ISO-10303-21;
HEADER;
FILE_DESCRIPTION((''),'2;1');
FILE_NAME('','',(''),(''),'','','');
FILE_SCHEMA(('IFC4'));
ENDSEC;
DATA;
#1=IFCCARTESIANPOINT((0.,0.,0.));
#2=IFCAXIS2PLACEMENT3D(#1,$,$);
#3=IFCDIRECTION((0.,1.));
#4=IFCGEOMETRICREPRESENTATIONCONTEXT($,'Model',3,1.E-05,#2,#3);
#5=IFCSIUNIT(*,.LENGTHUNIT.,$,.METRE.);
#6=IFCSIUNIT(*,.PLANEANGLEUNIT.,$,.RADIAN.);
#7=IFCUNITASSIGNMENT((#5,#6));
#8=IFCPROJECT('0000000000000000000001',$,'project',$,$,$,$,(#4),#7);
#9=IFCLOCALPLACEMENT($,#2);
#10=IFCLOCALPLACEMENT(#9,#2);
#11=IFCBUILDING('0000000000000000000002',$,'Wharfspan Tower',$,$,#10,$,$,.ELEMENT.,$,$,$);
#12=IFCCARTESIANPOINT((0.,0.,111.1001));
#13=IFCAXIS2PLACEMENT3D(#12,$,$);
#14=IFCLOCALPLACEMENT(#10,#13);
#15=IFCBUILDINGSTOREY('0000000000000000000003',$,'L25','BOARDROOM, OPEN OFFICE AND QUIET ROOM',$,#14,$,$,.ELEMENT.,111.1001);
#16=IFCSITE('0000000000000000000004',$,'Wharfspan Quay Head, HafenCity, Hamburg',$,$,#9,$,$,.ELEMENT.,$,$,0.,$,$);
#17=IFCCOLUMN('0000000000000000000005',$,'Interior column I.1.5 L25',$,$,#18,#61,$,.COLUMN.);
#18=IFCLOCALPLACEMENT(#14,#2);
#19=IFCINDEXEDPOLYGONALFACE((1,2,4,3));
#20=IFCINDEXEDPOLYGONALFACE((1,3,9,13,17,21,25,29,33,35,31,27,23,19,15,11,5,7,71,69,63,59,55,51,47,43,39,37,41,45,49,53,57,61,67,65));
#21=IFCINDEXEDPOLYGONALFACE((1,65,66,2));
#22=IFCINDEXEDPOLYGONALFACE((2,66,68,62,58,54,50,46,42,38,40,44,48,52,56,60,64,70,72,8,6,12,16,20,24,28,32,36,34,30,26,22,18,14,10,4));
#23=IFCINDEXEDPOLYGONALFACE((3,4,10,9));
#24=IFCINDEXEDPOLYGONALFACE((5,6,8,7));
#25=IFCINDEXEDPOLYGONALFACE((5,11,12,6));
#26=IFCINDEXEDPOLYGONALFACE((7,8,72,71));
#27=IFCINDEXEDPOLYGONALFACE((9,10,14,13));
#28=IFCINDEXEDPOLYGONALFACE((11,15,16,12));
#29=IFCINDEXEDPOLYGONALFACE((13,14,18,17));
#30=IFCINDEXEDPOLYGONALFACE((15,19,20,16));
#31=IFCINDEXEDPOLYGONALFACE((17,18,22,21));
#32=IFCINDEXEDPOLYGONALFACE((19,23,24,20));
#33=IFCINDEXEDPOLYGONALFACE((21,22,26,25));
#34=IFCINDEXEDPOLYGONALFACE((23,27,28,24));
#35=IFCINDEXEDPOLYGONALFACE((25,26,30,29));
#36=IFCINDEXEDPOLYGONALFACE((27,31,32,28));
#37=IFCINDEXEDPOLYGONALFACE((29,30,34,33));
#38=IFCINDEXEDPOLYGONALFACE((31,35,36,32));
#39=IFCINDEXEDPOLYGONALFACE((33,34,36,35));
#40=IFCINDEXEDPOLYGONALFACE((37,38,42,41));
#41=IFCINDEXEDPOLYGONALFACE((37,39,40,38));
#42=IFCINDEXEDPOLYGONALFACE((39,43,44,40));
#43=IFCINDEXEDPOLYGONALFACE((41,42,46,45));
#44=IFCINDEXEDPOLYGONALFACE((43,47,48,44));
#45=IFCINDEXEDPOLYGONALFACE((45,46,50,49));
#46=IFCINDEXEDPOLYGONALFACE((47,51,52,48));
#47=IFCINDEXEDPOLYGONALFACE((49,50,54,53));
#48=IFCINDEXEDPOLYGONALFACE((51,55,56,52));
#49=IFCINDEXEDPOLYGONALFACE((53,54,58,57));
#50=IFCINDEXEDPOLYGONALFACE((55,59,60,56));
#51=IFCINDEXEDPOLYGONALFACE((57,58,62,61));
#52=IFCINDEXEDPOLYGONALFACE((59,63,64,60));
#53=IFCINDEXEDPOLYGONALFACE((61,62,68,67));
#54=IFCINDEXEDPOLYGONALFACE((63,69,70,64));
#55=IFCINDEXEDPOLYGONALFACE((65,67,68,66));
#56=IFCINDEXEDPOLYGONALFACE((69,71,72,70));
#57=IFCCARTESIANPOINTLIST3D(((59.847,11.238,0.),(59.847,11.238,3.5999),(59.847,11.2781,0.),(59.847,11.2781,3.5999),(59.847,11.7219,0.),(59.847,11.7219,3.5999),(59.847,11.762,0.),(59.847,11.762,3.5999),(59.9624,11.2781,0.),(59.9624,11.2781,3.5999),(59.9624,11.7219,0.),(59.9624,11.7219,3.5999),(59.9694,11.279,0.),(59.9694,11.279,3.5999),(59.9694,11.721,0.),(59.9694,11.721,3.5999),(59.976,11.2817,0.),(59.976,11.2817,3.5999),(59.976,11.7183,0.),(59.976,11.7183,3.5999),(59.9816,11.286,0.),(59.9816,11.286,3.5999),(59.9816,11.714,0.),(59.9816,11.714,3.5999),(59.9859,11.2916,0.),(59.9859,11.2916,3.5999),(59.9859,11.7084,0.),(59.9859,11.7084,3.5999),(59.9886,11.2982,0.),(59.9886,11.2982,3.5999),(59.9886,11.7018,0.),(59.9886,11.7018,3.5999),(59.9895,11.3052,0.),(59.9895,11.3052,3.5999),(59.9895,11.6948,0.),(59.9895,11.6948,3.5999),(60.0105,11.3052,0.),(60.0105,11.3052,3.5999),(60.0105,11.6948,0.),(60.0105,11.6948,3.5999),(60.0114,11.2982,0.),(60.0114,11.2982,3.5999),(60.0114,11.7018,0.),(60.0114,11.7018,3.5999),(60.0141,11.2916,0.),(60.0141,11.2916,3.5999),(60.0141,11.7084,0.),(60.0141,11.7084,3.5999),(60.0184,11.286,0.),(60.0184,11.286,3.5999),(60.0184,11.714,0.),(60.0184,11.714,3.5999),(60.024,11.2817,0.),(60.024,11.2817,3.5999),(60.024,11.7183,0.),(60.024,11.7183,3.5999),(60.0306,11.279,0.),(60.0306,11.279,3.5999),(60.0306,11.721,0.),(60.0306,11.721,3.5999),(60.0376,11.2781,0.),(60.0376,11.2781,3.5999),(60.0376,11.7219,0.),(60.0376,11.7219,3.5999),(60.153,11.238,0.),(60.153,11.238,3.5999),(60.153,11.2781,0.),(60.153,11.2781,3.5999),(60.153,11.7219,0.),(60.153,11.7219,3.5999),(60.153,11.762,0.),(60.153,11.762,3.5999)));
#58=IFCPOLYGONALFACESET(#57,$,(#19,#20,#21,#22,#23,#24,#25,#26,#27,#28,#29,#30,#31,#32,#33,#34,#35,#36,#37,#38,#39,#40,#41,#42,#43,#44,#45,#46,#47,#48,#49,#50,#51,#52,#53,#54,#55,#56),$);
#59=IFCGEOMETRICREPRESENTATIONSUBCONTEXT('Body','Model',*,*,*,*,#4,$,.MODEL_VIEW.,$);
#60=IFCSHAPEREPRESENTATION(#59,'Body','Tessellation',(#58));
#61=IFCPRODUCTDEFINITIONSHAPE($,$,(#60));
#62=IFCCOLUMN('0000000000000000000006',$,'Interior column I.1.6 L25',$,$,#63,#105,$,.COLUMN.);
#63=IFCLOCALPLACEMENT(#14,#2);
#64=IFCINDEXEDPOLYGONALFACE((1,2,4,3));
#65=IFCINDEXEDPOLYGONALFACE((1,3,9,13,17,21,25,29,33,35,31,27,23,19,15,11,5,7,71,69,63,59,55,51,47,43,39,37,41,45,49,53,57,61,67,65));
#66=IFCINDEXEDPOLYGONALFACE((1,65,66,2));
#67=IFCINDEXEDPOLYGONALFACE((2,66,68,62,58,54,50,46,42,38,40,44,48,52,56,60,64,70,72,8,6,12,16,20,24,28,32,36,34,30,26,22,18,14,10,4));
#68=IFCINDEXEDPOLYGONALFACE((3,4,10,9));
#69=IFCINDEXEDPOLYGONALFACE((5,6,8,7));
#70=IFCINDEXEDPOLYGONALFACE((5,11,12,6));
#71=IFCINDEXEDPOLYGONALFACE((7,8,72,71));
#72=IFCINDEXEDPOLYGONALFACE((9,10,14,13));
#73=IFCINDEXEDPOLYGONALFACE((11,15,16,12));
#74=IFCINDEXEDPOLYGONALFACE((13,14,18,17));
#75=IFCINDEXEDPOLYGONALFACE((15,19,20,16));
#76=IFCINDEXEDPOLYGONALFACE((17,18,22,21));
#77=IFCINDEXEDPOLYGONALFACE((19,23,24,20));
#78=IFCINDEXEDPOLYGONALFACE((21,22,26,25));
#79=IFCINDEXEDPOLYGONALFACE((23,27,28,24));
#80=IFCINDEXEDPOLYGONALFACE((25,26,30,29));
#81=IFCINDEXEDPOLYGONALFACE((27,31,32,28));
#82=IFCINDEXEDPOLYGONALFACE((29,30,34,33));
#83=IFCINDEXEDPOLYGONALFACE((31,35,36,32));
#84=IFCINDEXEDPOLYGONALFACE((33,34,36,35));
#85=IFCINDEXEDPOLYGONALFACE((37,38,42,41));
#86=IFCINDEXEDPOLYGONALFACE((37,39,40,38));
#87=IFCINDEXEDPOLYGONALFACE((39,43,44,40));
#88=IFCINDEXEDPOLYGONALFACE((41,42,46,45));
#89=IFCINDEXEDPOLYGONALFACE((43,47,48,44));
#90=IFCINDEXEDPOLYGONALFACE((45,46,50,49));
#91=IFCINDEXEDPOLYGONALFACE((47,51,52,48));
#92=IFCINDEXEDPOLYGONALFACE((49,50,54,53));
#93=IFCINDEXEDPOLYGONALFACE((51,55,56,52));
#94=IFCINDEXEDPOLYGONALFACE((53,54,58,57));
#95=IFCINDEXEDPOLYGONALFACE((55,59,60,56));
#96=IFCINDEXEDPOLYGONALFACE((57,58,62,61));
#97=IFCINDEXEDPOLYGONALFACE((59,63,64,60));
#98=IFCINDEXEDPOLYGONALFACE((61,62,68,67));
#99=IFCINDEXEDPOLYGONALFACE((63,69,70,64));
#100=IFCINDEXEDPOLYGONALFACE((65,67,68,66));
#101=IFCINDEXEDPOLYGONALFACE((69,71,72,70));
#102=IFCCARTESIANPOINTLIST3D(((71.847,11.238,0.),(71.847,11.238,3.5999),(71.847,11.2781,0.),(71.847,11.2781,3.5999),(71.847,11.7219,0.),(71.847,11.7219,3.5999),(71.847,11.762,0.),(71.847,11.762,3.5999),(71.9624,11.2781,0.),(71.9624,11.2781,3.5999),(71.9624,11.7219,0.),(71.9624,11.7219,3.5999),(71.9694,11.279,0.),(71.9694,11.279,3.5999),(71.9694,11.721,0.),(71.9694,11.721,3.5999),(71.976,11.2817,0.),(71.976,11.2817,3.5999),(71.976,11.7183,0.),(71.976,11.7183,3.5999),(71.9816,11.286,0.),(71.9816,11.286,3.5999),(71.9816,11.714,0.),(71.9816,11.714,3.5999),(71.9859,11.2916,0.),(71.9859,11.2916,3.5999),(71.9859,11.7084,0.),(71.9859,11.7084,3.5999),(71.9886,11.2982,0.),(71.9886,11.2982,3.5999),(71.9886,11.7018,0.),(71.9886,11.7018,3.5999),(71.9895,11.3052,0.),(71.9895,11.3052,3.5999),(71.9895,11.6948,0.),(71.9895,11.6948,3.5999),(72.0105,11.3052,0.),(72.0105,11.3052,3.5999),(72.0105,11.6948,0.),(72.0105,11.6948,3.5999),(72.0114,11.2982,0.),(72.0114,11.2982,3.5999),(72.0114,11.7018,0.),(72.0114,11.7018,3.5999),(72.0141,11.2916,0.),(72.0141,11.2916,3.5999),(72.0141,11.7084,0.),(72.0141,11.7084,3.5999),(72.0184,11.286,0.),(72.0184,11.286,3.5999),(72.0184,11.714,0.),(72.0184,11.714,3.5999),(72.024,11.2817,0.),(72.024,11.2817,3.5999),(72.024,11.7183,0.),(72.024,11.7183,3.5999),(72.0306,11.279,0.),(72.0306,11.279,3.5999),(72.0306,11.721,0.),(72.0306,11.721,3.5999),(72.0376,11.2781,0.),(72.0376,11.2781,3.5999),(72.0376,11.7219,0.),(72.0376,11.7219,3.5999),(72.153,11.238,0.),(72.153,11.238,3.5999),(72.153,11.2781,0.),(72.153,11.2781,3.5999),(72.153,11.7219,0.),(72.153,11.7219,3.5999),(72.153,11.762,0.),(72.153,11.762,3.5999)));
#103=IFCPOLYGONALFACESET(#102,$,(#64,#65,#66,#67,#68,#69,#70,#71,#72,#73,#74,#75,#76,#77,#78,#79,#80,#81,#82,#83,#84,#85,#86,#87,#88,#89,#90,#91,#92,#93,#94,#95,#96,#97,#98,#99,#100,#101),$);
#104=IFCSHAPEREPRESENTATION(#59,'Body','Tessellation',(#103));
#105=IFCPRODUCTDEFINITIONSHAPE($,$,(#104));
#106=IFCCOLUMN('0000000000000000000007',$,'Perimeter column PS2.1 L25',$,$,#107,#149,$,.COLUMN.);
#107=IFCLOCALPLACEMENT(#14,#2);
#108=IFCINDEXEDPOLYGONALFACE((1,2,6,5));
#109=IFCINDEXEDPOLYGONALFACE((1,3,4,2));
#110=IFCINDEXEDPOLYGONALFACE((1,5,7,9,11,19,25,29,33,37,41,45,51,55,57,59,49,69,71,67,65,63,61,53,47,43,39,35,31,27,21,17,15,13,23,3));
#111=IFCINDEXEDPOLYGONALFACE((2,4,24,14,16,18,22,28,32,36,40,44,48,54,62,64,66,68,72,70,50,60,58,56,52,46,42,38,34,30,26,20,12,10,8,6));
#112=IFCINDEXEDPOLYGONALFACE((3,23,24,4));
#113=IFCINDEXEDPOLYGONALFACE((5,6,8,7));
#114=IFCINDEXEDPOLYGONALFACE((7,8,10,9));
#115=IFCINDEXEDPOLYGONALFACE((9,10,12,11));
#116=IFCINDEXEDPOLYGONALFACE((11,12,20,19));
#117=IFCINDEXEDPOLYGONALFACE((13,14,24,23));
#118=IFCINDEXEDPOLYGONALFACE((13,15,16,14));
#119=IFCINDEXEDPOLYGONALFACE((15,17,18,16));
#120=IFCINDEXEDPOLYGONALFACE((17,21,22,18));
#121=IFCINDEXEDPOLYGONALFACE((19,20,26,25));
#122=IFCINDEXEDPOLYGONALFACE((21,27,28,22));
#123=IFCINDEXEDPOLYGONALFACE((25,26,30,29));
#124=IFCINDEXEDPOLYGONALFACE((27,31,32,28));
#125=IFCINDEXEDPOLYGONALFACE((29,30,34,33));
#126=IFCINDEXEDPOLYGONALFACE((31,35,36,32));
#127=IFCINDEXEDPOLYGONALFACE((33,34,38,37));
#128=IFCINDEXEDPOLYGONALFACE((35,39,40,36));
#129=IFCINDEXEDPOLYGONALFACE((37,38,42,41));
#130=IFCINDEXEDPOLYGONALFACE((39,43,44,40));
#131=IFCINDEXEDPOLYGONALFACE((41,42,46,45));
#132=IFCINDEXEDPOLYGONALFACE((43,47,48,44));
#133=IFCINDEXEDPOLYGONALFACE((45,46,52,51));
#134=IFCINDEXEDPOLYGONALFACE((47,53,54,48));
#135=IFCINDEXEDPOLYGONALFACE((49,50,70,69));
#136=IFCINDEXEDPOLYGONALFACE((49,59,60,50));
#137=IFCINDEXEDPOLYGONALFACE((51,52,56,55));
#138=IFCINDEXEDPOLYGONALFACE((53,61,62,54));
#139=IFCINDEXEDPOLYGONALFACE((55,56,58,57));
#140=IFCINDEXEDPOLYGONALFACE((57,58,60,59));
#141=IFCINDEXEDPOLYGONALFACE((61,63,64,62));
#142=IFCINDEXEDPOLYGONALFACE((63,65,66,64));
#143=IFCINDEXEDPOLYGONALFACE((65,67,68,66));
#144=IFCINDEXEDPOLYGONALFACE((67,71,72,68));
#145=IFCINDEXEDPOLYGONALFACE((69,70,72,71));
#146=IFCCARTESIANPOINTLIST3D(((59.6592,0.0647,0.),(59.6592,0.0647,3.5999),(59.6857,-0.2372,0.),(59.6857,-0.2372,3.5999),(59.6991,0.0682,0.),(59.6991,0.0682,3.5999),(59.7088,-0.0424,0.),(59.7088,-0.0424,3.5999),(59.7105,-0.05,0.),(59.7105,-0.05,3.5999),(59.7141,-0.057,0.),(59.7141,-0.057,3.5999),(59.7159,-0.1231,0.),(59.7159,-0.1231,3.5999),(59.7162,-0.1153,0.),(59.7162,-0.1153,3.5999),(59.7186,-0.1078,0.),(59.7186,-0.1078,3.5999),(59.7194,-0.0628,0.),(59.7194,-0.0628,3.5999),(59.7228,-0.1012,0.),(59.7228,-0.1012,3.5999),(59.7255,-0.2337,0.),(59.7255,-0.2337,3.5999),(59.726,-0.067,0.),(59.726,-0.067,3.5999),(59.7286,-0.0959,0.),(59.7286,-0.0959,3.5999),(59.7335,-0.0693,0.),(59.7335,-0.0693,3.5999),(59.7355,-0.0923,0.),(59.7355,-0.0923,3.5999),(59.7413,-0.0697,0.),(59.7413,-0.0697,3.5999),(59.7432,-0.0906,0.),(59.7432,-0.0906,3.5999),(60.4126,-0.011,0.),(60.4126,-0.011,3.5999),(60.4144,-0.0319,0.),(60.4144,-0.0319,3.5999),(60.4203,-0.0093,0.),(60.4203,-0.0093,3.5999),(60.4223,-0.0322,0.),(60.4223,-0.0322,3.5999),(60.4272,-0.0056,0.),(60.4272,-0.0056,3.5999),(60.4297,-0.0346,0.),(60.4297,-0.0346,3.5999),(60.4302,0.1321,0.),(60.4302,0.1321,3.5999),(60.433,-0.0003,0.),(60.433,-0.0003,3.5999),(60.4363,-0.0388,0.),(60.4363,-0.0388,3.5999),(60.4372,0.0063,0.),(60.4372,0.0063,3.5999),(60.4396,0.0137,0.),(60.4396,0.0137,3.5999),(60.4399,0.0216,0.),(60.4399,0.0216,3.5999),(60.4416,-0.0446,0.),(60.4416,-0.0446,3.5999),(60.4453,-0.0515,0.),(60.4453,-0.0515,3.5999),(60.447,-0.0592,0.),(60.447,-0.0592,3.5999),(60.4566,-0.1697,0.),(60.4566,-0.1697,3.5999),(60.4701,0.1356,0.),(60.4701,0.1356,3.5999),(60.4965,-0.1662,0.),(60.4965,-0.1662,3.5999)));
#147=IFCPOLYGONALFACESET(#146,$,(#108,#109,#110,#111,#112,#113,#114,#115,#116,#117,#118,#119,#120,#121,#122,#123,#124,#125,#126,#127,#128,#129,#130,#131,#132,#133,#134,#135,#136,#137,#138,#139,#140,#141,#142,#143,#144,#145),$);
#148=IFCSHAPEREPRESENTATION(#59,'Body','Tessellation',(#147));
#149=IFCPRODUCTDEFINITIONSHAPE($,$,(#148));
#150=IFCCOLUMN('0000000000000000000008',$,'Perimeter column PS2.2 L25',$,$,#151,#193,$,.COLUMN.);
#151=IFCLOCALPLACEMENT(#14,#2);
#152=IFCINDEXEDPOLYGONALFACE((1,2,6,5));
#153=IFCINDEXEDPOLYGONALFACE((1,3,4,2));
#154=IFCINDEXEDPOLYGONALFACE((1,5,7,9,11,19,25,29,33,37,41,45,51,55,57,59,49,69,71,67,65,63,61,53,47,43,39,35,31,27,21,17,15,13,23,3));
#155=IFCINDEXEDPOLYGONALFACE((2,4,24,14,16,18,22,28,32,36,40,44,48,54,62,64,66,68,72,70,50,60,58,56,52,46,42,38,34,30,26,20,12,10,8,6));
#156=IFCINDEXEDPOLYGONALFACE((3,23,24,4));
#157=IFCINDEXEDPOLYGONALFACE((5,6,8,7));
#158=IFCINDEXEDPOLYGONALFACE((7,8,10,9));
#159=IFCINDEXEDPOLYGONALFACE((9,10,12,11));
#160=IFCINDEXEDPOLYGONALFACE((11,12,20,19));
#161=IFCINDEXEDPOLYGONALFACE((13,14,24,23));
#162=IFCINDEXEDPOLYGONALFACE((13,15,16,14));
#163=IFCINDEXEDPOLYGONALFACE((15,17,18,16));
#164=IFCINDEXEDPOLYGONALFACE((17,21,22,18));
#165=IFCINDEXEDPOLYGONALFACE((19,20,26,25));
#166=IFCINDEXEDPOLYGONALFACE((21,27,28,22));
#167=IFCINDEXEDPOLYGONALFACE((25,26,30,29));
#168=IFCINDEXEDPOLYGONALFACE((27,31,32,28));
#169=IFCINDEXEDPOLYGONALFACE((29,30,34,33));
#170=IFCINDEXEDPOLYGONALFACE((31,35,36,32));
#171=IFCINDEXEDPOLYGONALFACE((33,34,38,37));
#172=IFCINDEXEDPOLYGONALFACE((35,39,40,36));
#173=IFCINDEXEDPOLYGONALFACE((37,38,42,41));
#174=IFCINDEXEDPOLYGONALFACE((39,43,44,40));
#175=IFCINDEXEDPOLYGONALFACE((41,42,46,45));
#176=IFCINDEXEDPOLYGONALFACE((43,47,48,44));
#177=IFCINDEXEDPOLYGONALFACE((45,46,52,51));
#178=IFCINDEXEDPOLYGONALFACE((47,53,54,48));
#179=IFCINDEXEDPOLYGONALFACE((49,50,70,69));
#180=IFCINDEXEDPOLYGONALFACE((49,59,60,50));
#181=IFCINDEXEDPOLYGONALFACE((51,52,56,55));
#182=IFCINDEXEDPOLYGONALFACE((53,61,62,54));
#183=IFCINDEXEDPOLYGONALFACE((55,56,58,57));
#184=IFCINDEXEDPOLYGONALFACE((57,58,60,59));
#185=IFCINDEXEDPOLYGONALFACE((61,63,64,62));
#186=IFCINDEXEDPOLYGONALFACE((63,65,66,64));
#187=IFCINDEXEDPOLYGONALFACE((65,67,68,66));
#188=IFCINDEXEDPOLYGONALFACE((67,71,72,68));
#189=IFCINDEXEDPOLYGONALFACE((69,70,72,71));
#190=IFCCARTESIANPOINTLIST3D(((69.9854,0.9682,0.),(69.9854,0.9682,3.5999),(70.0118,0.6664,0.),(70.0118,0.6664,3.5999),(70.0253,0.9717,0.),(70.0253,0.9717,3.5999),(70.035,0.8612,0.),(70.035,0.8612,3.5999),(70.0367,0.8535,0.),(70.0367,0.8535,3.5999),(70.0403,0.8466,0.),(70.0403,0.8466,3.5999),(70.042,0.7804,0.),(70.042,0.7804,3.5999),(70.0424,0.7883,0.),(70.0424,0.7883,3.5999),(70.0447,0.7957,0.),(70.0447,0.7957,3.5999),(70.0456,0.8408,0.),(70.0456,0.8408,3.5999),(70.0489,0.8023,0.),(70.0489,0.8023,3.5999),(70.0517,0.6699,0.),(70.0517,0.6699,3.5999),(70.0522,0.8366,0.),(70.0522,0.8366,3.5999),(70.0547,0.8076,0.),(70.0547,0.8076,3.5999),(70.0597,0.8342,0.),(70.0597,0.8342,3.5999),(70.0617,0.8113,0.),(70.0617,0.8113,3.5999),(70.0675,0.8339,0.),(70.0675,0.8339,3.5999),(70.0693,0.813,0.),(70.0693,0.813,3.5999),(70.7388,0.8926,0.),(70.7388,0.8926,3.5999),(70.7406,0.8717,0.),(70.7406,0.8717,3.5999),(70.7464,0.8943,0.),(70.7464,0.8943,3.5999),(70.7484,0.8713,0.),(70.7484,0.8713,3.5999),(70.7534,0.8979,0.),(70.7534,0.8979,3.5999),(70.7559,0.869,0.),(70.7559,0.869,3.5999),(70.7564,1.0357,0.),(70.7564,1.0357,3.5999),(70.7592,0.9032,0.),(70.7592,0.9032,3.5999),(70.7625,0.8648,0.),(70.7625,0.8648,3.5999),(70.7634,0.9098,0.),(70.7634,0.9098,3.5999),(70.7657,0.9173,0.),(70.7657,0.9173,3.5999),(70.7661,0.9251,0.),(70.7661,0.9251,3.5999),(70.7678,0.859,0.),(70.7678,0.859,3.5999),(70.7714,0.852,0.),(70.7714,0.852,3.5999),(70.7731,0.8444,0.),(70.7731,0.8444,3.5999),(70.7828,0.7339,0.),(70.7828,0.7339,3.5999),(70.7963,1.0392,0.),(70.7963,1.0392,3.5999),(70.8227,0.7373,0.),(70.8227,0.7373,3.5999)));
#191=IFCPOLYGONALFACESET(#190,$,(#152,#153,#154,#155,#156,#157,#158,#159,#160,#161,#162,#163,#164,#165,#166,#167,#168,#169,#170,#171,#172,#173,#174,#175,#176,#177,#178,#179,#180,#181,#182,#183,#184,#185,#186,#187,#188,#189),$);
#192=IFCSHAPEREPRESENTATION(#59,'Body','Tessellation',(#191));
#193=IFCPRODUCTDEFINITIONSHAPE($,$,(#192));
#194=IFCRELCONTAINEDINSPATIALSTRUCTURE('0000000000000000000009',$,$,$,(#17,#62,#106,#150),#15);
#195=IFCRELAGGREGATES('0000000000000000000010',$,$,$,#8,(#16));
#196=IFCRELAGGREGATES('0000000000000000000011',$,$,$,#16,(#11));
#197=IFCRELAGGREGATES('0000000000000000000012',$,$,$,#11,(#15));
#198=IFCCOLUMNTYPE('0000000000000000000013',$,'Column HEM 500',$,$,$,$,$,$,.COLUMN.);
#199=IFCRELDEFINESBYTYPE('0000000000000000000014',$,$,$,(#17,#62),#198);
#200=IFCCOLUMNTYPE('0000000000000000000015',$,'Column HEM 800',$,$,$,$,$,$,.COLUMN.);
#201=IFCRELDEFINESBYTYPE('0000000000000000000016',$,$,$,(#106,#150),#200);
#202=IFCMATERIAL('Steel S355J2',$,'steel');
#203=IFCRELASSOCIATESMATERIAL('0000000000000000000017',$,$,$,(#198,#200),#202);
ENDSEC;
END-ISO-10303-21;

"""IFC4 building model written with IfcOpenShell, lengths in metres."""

from ifc_helpers import new_model, si_unit, direction, frame, origin, origin_2d, place, context, subcontext, project, spatial, i_section, extrude, material, material_profile, profile_set, type_object, element, save


model = new_model("IFC4")

# Units and contexts
model_context = context("Model", 3, precision=1e-05, world=origin(), true_north=direction((0.0, 1.0)))
body_context = subcontext(model_context, "Body", "Model", "MODEL_VIEW")
ifc_project = project(units=[si_unit("LENGTHUNIT", "METRE"), si_unit("PLANEANGLEUNIT", "RADIAN")], contexts=[model_context])

# Site, building, storey
site_placement = place(None, origin())
site = spatial("IfcSite", under=ifc_project, at=site_placement, Name="Wharfspan Quay Head, HafenCity, Hamburg", CompositionType="ELEMENT", RefElevation=0.0)
building_placement = place(site_placement, origin())
building = spatial("IfcBuilding", under=site, at=building_placement, Name="Wharfspan Tower", CompositionType="ELEMENT")
storey_placement = place(building_placement, frame((0.0, 0.0, 111.1001)))
storey = spatial("IfcBuildingStorey", under=building, at=storey_placement, Name="L25", Description="BOARDROOM, OPEN OFFICE AND QUIET ROOM", CompositionType="ELEMENT", Elevation=111.1001)

# Columns
ifc_material_1 = material(Name="Steel S355J2", Category="steel")
ifc_material_profile_1 = material_profile(ifc_material_1, i_section(OverallWidth=0.3059, OverallDepth=0.5239, WebThickness=0.021, FlangeThickness=0.04, FilletRadius=0.0271, at=origin_2d()))
ifc_profile_set_1 = profile_set([ifc_material_profile_1], Name="Steel S355J2")
column_type_1 = type_object("IfcColumnType", Name="Column HEM 500", PredefinedType="COLUMN", material=ifc_profile_set_1)
for number, where, z_axis, x_axis, name in (
    (1, (60.0, 11.5, 0.0), (0.0, 0.0, 1.0), (1.0, 0.0, 0.0), "Interior column I.1.5 L25"),
    (2, (72.0, 11.5, 0.0), (0.0, 0.0, 1.0), (1.0, 0.0, 0.0), "Interior column I.1.6 L25"),
):
    element("IfcColumn", number, at=place(storey_placement, frame(where, z_axis=z_axis, x_axis=x_axis)), inside=storey, type_object=column_type_1, Name=name, PredefinedType="COLUMN", context=body_context, shape_type="SweptSolid", body=[
        extrude(i_section(OverallWidth=0.3059, OverallDepth=0.5239, WebThickness=0.021, FlangeThickness=0.04, FilletRadius=0.0271, at=origin_2d()), origin(), (0.0, 0.0, 1.0), 3.5999),
    ])
ifc_material_profile_2 = material_profile(ifc_material_1, i_section(OverallWidth=0.303, OverallDepth=0.814, WebThickness=0.021, FlangeThickness=0.04, FilletRadius=0.03, at=origin_2d()))
ifc_profile_set_2 = profile_set([ifc_material_profile_2], Name="Steel S355J2")
column_type_2 = type_object("IfcColumnType", Name="Column HEM 800", PredefinedType="COLUMN", material=ifc_profile_set_2)
for number, where, z_axis, x_axis, name in (
    (3, (60.0779, -0.0508, 0.0), (0.0, 0.0, 1.0), (0.087156, -0.996198, 0.0), "Perimeter column PS2.1 L25"),
    (4, (70.4041, 0.8528, 0.0), (0.0, 0.0, 1.0), (0.087156, -0.996198, 0.0), "Perimeter column PS2.2 L25"),
):
    element("IfcColumn", number, at=place(storey_placement, frame(where, z_axis=z_axis, x_axis=x_axis)), inside=storey, type_object=column_type_2, Name=name, PredefinedType="COLUMN", context=body_context, shape_type="SweptSolid", body=[
        extrude(i_section(OverallWidth=0.303, OverallDepth=0.814, WebThickness=0.021, FlangeThickness=0.04, FilletRadius=0.03, at=origin_2d()), origin(), (0.0, 0.0, 1.0), 3.5999),
    ])

save(model, "model.ifc")
